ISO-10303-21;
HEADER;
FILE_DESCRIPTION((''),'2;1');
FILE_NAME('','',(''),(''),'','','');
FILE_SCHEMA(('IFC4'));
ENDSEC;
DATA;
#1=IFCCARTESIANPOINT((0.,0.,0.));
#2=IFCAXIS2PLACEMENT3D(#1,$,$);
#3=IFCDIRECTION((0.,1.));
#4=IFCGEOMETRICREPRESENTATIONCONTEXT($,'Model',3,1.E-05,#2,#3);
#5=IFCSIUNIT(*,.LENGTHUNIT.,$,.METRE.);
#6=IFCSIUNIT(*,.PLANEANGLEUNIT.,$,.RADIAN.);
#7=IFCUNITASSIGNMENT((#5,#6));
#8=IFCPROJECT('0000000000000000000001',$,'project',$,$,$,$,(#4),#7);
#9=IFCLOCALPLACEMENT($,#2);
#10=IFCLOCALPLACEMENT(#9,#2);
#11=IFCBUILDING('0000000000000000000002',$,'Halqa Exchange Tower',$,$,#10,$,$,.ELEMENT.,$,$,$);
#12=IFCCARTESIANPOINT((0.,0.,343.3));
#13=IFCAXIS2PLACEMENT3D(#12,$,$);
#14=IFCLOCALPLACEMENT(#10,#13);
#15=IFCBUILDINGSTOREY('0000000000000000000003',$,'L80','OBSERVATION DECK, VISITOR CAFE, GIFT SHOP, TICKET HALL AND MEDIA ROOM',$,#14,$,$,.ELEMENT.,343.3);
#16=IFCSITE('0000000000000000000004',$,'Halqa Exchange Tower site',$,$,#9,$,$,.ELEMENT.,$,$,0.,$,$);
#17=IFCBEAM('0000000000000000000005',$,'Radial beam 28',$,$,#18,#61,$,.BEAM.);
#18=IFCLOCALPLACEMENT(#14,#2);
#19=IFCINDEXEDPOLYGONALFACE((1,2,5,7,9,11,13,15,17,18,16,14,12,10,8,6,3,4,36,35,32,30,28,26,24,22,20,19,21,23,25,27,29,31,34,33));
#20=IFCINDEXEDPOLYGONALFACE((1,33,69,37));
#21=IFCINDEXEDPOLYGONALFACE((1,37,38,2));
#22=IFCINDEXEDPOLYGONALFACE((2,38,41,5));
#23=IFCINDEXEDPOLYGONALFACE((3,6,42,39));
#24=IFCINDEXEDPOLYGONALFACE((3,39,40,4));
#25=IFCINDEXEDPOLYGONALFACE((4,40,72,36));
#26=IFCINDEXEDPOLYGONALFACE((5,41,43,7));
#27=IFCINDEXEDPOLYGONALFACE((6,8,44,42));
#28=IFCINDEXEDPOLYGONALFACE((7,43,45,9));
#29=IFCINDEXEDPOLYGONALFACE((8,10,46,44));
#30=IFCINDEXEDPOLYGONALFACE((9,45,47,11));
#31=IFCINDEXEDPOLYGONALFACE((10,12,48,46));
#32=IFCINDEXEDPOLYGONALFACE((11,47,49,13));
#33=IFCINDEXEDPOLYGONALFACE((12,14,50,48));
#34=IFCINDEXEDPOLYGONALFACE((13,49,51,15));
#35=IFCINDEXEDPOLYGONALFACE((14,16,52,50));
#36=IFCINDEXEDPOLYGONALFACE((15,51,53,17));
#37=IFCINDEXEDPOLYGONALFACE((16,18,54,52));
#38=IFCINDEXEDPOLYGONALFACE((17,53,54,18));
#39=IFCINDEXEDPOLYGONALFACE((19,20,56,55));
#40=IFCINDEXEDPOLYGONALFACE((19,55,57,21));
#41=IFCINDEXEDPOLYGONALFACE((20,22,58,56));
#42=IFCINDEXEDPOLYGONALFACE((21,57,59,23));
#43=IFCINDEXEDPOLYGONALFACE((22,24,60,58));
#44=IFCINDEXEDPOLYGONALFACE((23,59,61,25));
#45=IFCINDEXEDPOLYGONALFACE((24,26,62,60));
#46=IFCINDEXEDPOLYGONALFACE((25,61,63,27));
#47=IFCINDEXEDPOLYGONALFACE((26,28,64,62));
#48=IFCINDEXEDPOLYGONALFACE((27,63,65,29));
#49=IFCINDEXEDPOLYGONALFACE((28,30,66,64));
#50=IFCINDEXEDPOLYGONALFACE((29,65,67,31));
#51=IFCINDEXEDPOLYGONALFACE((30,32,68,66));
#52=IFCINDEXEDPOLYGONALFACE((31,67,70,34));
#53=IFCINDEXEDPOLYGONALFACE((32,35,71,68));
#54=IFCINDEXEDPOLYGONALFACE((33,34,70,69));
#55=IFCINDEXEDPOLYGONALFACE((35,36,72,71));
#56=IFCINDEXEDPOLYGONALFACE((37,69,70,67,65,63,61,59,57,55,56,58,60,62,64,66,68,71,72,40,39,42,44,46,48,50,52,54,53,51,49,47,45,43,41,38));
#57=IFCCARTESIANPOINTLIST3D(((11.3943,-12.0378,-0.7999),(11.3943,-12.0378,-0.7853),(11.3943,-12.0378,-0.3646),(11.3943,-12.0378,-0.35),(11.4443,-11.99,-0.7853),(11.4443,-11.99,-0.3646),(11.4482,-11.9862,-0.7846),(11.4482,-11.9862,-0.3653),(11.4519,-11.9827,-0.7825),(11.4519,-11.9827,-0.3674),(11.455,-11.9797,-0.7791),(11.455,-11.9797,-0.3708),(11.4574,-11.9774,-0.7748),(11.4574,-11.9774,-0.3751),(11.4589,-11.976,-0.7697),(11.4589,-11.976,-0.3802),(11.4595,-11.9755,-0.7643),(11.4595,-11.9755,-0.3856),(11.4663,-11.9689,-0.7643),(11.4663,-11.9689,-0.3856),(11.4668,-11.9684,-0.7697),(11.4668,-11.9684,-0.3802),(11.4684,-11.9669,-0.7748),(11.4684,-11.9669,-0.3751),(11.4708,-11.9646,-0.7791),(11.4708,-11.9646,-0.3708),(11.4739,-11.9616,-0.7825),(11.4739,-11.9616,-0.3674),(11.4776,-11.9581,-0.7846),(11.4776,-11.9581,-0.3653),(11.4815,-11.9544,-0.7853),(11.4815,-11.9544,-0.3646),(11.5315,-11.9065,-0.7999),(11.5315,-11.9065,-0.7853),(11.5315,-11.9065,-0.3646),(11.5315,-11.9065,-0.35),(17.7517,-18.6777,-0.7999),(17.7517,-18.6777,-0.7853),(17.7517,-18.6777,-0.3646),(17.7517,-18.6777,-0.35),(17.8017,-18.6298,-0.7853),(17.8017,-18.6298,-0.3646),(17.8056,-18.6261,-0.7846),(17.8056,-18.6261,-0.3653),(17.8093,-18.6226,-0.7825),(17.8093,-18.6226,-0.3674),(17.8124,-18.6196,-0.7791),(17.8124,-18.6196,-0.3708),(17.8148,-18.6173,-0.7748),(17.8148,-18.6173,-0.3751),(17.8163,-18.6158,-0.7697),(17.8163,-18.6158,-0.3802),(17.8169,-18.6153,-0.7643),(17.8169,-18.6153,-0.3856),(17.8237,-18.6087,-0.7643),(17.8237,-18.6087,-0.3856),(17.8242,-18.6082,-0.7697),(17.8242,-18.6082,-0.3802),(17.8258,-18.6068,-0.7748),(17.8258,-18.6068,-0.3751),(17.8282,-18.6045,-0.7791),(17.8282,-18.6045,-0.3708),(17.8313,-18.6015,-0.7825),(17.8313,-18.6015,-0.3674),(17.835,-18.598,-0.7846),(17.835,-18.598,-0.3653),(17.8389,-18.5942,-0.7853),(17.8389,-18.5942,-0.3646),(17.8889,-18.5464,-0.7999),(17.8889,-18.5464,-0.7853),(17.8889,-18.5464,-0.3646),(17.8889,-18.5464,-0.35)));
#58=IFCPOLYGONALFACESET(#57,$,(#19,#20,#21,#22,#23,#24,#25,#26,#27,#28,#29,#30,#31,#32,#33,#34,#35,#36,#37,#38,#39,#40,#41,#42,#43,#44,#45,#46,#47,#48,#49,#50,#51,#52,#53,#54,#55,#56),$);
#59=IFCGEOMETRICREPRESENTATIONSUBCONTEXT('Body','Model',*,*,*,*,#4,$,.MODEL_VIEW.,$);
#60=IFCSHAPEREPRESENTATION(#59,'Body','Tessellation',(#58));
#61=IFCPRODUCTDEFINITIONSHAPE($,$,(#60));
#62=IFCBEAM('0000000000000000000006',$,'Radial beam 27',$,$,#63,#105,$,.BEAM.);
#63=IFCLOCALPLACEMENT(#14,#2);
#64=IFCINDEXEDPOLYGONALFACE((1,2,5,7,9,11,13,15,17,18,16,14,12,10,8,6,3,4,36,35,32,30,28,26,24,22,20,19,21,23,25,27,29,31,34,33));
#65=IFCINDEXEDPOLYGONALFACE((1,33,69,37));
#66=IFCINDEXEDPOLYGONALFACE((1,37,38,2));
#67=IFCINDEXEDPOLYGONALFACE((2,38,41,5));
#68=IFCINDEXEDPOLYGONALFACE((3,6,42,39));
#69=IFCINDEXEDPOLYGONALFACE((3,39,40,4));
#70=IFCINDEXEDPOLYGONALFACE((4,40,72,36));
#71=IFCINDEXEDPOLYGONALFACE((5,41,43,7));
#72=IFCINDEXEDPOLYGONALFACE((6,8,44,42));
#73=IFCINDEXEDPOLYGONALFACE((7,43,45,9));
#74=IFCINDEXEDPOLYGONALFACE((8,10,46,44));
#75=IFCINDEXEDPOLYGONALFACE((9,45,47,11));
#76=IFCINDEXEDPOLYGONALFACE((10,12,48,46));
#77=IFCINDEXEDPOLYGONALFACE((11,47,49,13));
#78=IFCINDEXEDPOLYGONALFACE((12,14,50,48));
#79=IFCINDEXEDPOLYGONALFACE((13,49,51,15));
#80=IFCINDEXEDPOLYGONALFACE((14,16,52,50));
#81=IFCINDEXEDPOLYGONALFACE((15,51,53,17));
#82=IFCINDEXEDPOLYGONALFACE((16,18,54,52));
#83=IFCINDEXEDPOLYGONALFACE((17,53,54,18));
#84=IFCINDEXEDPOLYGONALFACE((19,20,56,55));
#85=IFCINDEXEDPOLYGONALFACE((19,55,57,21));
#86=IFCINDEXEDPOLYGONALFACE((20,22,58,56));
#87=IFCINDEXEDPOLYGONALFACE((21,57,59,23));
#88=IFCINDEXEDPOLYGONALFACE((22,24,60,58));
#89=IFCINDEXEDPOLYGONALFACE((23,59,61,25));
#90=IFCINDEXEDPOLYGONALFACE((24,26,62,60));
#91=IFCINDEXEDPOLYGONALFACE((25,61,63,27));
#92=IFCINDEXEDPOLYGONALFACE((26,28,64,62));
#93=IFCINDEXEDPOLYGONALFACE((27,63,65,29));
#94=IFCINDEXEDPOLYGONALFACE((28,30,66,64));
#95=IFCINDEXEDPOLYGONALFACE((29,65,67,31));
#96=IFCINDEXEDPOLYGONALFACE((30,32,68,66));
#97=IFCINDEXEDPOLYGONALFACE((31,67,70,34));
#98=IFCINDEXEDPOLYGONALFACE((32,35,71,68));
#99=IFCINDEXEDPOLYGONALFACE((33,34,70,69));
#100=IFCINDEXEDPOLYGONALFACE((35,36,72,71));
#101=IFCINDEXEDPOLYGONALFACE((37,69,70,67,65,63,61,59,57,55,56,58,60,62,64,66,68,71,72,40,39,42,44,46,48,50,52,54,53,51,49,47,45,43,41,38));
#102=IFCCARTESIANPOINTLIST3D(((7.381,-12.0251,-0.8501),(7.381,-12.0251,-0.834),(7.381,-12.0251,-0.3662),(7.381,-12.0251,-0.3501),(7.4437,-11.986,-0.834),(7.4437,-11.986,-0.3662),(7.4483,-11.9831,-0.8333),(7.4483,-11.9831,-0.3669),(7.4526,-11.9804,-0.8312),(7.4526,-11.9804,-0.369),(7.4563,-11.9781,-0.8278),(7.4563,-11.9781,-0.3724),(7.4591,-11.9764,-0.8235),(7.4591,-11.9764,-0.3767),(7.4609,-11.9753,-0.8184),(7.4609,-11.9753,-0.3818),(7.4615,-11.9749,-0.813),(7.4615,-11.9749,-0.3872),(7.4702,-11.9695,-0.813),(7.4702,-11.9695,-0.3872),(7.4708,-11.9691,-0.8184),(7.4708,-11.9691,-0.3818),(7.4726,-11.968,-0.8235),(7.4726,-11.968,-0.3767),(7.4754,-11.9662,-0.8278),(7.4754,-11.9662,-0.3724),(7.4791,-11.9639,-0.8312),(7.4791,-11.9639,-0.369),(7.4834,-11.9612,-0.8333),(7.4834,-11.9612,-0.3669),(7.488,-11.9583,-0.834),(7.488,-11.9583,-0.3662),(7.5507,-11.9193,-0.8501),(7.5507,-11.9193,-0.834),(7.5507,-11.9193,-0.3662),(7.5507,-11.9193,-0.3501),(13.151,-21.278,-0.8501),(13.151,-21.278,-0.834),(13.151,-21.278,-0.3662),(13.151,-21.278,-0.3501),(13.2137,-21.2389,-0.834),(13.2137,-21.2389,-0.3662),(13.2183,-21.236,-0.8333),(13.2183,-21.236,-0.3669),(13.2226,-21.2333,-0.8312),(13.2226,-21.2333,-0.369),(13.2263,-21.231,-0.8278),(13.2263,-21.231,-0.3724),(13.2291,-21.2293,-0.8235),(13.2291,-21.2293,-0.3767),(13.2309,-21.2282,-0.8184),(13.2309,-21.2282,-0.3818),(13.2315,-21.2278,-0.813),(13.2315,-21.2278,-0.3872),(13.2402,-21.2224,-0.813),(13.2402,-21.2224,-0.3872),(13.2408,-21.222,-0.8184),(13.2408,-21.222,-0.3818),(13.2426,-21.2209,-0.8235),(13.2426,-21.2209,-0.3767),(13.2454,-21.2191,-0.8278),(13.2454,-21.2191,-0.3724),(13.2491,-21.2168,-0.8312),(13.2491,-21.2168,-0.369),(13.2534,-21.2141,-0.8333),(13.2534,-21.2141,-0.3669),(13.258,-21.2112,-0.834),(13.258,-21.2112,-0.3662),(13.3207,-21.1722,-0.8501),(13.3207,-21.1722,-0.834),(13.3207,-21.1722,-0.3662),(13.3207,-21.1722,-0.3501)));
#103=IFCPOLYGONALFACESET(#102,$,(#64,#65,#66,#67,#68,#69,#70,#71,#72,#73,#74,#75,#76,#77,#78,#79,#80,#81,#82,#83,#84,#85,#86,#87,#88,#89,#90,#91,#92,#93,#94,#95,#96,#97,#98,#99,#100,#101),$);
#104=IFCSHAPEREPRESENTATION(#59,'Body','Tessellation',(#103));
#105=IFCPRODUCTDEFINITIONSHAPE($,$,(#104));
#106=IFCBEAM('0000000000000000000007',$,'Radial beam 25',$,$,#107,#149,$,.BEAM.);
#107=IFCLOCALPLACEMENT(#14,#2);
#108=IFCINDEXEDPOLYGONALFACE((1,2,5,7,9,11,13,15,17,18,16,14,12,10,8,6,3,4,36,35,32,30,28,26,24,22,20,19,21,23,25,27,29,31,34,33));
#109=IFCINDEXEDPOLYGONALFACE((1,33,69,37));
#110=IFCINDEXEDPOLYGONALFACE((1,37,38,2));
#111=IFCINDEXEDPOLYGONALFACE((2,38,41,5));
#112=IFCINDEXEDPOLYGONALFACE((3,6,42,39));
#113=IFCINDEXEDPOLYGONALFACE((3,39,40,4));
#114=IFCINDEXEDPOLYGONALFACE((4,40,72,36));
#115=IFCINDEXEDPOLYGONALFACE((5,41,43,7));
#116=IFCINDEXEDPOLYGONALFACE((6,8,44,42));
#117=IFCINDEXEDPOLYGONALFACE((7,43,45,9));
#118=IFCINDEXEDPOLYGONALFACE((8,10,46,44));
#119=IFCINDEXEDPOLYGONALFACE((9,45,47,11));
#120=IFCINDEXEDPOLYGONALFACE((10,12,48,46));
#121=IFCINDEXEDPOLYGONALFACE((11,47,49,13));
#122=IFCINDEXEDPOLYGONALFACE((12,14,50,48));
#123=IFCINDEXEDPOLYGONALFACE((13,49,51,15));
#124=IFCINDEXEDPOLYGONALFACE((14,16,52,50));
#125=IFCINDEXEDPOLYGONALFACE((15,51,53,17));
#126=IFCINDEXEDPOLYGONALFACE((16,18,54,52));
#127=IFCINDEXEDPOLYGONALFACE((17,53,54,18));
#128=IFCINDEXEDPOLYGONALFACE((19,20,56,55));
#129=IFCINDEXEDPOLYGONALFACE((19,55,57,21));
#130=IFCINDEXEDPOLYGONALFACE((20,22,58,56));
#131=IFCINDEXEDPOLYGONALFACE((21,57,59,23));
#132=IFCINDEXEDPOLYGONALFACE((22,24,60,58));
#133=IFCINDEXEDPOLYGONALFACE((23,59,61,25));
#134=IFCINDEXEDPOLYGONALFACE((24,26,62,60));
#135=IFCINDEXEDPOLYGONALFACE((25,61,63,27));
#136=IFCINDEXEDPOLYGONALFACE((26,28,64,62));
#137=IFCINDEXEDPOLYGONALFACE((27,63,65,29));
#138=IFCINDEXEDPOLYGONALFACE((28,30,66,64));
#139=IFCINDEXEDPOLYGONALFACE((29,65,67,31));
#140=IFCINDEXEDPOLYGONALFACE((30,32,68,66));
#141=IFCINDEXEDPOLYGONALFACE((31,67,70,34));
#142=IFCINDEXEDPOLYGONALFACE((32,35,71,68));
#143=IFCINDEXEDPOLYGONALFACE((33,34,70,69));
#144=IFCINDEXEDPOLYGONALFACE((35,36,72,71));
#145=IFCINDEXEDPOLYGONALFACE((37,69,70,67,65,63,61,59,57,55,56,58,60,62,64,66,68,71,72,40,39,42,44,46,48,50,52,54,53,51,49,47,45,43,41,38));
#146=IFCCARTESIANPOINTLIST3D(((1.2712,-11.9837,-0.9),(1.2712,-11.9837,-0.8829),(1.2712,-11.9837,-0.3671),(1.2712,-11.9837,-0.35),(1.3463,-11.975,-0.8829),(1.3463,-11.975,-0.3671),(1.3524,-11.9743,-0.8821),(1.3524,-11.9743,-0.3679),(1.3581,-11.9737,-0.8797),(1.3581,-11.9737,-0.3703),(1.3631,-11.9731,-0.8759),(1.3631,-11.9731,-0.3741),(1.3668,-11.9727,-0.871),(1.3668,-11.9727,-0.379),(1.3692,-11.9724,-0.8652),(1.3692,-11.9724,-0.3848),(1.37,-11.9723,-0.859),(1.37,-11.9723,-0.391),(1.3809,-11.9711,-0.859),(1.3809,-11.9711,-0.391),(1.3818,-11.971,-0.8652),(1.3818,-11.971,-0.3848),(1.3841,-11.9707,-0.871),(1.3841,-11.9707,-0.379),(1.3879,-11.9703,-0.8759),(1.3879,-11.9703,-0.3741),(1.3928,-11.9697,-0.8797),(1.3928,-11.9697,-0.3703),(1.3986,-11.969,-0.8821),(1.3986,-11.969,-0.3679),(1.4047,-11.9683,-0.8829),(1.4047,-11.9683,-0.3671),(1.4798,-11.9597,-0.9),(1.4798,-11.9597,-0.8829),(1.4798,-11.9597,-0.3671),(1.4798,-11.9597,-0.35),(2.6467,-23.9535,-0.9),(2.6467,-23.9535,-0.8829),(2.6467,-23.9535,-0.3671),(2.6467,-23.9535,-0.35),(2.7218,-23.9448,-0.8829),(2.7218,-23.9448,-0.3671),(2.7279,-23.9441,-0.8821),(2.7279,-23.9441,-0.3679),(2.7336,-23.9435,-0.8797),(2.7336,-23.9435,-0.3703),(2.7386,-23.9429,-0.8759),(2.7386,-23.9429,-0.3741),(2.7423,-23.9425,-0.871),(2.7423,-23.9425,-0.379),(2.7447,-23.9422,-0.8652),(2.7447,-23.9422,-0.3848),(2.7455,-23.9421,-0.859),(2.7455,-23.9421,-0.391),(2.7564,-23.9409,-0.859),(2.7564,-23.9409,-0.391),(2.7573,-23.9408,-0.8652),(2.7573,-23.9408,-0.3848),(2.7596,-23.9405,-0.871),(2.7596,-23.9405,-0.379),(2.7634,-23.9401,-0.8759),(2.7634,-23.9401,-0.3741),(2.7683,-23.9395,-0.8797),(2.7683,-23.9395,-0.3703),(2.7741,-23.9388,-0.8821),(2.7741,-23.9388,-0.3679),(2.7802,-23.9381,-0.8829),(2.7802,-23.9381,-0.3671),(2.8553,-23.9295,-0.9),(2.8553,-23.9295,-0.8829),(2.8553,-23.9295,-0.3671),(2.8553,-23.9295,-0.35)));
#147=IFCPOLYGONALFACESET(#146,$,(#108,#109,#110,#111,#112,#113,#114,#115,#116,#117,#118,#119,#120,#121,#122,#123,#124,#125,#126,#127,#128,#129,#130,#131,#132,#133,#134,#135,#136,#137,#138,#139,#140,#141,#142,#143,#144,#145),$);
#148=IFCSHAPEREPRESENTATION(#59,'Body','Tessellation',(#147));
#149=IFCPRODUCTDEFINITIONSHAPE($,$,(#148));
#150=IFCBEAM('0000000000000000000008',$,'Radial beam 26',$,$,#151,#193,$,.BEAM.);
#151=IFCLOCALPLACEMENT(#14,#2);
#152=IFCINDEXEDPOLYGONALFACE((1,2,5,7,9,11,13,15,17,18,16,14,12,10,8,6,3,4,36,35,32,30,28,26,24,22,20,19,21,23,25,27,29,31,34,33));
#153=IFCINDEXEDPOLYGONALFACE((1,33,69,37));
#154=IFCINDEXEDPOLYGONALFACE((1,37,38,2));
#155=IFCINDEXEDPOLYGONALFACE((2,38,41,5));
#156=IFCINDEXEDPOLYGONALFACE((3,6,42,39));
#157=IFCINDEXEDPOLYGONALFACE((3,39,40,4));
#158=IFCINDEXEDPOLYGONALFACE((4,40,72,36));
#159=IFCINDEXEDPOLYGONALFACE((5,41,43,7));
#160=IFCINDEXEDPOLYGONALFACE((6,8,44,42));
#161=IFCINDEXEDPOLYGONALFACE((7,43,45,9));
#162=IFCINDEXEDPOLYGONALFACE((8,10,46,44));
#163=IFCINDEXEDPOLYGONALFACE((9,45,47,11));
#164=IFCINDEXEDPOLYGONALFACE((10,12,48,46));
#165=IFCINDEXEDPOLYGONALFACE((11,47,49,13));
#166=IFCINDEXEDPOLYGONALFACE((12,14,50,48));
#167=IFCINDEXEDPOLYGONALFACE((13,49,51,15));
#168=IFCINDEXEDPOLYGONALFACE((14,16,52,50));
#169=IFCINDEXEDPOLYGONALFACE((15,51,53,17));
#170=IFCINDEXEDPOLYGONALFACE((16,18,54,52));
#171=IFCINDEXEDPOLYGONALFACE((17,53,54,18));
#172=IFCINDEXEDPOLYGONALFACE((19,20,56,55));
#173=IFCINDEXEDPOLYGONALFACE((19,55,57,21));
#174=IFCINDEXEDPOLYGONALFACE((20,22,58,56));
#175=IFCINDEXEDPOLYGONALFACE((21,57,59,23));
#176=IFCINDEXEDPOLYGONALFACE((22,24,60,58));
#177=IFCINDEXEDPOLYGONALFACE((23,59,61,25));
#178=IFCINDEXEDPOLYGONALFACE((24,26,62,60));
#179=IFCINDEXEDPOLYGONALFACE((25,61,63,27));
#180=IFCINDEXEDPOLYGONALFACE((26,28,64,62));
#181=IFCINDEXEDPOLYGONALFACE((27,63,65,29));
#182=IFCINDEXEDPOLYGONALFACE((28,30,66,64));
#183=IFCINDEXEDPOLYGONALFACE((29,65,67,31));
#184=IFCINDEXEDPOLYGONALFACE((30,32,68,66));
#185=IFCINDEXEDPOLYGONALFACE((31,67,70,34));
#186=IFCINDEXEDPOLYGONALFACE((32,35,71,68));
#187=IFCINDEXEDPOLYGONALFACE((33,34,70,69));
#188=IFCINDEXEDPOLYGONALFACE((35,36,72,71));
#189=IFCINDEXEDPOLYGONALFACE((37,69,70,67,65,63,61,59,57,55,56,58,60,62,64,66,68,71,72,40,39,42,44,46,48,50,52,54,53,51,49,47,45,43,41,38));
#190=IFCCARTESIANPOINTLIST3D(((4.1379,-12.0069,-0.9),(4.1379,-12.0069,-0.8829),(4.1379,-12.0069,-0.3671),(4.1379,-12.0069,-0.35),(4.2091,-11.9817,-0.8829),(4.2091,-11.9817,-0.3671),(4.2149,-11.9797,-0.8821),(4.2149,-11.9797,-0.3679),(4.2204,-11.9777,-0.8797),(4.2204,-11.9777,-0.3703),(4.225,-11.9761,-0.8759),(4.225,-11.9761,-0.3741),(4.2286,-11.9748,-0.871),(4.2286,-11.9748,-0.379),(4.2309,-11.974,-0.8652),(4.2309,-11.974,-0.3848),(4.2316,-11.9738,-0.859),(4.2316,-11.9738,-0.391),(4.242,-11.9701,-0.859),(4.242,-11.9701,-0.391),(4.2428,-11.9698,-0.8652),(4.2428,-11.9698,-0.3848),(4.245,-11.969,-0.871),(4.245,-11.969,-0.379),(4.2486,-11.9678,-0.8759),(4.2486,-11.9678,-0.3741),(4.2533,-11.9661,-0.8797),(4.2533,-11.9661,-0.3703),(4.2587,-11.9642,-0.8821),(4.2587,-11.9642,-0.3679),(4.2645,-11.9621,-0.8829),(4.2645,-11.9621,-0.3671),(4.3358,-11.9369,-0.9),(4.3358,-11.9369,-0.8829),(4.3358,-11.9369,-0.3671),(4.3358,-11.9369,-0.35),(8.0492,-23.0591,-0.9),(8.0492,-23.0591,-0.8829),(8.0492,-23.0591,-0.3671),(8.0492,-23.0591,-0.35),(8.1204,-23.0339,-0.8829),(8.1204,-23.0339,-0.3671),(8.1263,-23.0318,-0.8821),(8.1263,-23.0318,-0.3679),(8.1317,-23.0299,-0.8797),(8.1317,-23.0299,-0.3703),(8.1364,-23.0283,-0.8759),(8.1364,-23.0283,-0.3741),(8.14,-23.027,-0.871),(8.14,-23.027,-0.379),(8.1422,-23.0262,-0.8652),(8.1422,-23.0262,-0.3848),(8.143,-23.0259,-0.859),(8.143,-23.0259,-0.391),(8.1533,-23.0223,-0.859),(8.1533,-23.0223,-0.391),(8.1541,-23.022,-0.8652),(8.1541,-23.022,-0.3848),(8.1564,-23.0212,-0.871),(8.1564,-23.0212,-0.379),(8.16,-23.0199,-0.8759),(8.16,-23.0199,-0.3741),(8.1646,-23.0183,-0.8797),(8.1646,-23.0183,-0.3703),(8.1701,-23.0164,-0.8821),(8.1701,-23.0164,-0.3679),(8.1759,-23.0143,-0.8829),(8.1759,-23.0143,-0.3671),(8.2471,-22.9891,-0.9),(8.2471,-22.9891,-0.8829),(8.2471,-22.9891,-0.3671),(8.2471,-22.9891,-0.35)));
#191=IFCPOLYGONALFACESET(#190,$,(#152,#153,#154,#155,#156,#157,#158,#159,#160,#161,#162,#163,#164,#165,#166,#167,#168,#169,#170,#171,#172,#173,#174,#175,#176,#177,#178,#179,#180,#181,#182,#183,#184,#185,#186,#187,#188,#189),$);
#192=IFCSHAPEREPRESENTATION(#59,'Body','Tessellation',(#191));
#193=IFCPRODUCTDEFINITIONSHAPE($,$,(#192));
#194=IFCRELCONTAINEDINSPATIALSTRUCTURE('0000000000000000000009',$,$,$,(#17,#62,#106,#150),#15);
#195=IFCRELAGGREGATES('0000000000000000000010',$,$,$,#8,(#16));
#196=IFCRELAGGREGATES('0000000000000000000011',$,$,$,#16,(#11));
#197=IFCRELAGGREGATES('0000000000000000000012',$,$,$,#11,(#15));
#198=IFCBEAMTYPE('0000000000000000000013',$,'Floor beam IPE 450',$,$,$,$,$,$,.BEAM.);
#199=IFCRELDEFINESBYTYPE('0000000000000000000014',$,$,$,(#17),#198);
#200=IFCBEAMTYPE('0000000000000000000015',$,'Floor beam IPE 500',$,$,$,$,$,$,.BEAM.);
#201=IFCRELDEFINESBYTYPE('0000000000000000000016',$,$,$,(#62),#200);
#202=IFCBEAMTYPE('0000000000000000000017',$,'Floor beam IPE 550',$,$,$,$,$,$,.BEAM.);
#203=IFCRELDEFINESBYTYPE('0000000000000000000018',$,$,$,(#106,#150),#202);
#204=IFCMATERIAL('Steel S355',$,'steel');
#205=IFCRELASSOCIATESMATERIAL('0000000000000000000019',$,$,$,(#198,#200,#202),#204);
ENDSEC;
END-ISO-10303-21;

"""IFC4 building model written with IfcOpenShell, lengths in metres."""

from ifc_helpers import new_model, si_unit, direction, frame, origin, origin_2d, place, context, subcontext, project, spatial, i_section, extrude, material, material_profile, profile_set, type_object, element, save


model = new_model("IFC4")

# Units and contexts
model_context = context("Model", 3, precision=1e-05, world=origin(), true_north=direction((0.0, 1.0)))
body_context = subcontext(model_context, "Body", "Model", "MODEL_VIEW")
ifc_project = project(units=[si_unit("LENGTHUNIT", "METRE"), si_unit("PLANEANGLEUNIT", "RADIAN")], contexts=[model_context])

# Site, building, storey
site_placement = place(None, origin())
site = spatial("IfcSite", under=ifc_project, at=site_placement, Name="Halqa Exchange Tower site", CompositionType="ELEMENT", RefElevation=0.0)
building_placement = place(site_placement, origin())
building = spatial("IfcBuilding", under=site, at=building_placement, Name="Halqa Exchange Tower", CompositionType="ELEMENT")
storey_placement = place(building_placement, frame((0.0, 0.0, 343.3)))
storey = spatial("IfcBuildingStorey", under=building, at=storey_placement, Name="L80", Description="OBSERVATION DECK, VISITOR CAFE, GIFT SHOP, TICKET HALL AND MEDIA ROOM", CompositionType="ELEMENT", Elevation=343.3)

# Beams
ifc_material_1 = material(Name="Steel S355", Category="steel")
ifc_material_profile_1 = material_profile(ifc_material_1, i_section(OverallWidth=0.1899, OverallDepth=0.45, WebThickness=0.0095, FlangeThickness=0.0146, FilletRadius=0.021, at=origin_2d()), Name="IPE 450")
ifc_profile_set_1 = profile_set([ifc_material_profile_1], Name="Steel S355")
beam_type_1 = type_object("IfcBeamType", Name="Floor beam IPE 450", PredefinedType="BEAM", material=ifc_profile_set_1)
beam_1_placement = place(storey_placement, frame((11.4629, -11.9722, -0.575), z_axis=(0.691576, -0.722304, 0.0), x_axis=(0.722304, 0.691576, 0.0)))
element("IfcBeam", 1, at=beam_1_placement, inside=storey, type_object=beam_type_1, Name="Radial beam 28", PredefinedType="BEAM", context=body_context, shape_type="SweptSolid", body=[
    extrude(i_section(OverallWidth=0.1899, OverallDepth=0.45, WebThickness=0.0095, FlangeThickness=0.0146, FilletRadius=0.021, at=origin_2d()), origin(), (0.0, 0.0, 1.0), 9.1926),
])
ifc_material_profile_2 = material_profile(ifc_material_1, i_section(OverallWidth=0.2, OverallDepth=0.5, WebThickness=0.0103, FlangeThickness=0.0161, FilletRadius=0.021, at=origin_2d()), Name="IPE 500")
ifc_profile_set_2 = profile_set([ifc_material_profile_2], Name="Steel S355")
beam_type_2 = type_object("IfcBeamType", Name="Floor beam IPE 500", PredefinedType="BEAM", material=ifc_profile_set_2)
beam_2_placement = place(storey_placement, frame((7.4658, -11.9722, -0.6001), z_axis=(0.529137, -0.848536, 0.0), x_axis=(0.848536, 0.529137, 0.0)))
element("IfcBeam", 2, at=beam_2_placement, inside=storey, type_object=beam_type_2, Name="Radial beam 27", PredefinedType="BEAM", context=body_context, shape_type="SweptSolid", body=[
    extrude(i_section(OverallWidth=0.2, OverallDepth=0.5, WebThickness=0.0103, FlangeThickness=0.0161, FilletRadius=0.021, at=origin_2d()), origin(), (0.0, 0.0, 1.0), 10.9045),
])
ifc_material_profile_3 = material_profile(ifc_material_1, i_section(OverallWidth=0.21, OverallDepth=0.55, WebThickness=0.011, FlangeThickness=0.0171, FilletRadius=0.0239, at=origin_2d()), Name="IPE 550")
ifc_profile_set_3 = profile_set([ifc_material_profile_3], Name="Steel S355")
beam_type_3 = type_object("IfcBeamType", Name="Floor beam IPE 550", PredefinedType="BEAM", material=ifc_profile_set_3)
beam_3_placement = place(storey_placement, frame((1.3755, -11.9717, -0.625), z_axis=(0.114163, -0.993462, 0.0), x_axis=(0.993462, 0.114163, 0.0)))
element("IfcBeam", 3, at=beam_3_placement, inside=storey, type_object=beam_type_3, Name="Radial beam 25", PredefinedType="BEAM", context=body_context, shape_type="SweptSolid", body=[
    extrude(i_section(OverallWidth=0.21, OverallDepth=0.55, WebThickness=0.011, FlangeThickness=0.0171, FilletRadius=0.0239, at=origin_2d()), origin(), (0.0, 0.0, 1.0), 12.0486),
])
beam_4_placement = place(storey_placement, frame((4.2368, -11.9719, -0.625), z_axis=(0.333623, -0.942707, 0.0), x_axis=(0.942707, 0.333623, 0.0)))
element("IfcBeam", 4, at=beam_4_placement, inside=storey, type_object=beam_type_3, Name="Radial beam 26", PredefinedType="BEAM", context=body_context, shape_type="SweptSolid", body=[
    extrude(i_section(OverallWidth=0.21, OverallDepth=0.55, WebThickness=0.011, FlangeThickness=0.0171, FilletRadius=0.0239, at=origin_2d()), origin(), (0.0, 0.0, 1.0), 11.7239),
])

save(model, "model.ifc")
